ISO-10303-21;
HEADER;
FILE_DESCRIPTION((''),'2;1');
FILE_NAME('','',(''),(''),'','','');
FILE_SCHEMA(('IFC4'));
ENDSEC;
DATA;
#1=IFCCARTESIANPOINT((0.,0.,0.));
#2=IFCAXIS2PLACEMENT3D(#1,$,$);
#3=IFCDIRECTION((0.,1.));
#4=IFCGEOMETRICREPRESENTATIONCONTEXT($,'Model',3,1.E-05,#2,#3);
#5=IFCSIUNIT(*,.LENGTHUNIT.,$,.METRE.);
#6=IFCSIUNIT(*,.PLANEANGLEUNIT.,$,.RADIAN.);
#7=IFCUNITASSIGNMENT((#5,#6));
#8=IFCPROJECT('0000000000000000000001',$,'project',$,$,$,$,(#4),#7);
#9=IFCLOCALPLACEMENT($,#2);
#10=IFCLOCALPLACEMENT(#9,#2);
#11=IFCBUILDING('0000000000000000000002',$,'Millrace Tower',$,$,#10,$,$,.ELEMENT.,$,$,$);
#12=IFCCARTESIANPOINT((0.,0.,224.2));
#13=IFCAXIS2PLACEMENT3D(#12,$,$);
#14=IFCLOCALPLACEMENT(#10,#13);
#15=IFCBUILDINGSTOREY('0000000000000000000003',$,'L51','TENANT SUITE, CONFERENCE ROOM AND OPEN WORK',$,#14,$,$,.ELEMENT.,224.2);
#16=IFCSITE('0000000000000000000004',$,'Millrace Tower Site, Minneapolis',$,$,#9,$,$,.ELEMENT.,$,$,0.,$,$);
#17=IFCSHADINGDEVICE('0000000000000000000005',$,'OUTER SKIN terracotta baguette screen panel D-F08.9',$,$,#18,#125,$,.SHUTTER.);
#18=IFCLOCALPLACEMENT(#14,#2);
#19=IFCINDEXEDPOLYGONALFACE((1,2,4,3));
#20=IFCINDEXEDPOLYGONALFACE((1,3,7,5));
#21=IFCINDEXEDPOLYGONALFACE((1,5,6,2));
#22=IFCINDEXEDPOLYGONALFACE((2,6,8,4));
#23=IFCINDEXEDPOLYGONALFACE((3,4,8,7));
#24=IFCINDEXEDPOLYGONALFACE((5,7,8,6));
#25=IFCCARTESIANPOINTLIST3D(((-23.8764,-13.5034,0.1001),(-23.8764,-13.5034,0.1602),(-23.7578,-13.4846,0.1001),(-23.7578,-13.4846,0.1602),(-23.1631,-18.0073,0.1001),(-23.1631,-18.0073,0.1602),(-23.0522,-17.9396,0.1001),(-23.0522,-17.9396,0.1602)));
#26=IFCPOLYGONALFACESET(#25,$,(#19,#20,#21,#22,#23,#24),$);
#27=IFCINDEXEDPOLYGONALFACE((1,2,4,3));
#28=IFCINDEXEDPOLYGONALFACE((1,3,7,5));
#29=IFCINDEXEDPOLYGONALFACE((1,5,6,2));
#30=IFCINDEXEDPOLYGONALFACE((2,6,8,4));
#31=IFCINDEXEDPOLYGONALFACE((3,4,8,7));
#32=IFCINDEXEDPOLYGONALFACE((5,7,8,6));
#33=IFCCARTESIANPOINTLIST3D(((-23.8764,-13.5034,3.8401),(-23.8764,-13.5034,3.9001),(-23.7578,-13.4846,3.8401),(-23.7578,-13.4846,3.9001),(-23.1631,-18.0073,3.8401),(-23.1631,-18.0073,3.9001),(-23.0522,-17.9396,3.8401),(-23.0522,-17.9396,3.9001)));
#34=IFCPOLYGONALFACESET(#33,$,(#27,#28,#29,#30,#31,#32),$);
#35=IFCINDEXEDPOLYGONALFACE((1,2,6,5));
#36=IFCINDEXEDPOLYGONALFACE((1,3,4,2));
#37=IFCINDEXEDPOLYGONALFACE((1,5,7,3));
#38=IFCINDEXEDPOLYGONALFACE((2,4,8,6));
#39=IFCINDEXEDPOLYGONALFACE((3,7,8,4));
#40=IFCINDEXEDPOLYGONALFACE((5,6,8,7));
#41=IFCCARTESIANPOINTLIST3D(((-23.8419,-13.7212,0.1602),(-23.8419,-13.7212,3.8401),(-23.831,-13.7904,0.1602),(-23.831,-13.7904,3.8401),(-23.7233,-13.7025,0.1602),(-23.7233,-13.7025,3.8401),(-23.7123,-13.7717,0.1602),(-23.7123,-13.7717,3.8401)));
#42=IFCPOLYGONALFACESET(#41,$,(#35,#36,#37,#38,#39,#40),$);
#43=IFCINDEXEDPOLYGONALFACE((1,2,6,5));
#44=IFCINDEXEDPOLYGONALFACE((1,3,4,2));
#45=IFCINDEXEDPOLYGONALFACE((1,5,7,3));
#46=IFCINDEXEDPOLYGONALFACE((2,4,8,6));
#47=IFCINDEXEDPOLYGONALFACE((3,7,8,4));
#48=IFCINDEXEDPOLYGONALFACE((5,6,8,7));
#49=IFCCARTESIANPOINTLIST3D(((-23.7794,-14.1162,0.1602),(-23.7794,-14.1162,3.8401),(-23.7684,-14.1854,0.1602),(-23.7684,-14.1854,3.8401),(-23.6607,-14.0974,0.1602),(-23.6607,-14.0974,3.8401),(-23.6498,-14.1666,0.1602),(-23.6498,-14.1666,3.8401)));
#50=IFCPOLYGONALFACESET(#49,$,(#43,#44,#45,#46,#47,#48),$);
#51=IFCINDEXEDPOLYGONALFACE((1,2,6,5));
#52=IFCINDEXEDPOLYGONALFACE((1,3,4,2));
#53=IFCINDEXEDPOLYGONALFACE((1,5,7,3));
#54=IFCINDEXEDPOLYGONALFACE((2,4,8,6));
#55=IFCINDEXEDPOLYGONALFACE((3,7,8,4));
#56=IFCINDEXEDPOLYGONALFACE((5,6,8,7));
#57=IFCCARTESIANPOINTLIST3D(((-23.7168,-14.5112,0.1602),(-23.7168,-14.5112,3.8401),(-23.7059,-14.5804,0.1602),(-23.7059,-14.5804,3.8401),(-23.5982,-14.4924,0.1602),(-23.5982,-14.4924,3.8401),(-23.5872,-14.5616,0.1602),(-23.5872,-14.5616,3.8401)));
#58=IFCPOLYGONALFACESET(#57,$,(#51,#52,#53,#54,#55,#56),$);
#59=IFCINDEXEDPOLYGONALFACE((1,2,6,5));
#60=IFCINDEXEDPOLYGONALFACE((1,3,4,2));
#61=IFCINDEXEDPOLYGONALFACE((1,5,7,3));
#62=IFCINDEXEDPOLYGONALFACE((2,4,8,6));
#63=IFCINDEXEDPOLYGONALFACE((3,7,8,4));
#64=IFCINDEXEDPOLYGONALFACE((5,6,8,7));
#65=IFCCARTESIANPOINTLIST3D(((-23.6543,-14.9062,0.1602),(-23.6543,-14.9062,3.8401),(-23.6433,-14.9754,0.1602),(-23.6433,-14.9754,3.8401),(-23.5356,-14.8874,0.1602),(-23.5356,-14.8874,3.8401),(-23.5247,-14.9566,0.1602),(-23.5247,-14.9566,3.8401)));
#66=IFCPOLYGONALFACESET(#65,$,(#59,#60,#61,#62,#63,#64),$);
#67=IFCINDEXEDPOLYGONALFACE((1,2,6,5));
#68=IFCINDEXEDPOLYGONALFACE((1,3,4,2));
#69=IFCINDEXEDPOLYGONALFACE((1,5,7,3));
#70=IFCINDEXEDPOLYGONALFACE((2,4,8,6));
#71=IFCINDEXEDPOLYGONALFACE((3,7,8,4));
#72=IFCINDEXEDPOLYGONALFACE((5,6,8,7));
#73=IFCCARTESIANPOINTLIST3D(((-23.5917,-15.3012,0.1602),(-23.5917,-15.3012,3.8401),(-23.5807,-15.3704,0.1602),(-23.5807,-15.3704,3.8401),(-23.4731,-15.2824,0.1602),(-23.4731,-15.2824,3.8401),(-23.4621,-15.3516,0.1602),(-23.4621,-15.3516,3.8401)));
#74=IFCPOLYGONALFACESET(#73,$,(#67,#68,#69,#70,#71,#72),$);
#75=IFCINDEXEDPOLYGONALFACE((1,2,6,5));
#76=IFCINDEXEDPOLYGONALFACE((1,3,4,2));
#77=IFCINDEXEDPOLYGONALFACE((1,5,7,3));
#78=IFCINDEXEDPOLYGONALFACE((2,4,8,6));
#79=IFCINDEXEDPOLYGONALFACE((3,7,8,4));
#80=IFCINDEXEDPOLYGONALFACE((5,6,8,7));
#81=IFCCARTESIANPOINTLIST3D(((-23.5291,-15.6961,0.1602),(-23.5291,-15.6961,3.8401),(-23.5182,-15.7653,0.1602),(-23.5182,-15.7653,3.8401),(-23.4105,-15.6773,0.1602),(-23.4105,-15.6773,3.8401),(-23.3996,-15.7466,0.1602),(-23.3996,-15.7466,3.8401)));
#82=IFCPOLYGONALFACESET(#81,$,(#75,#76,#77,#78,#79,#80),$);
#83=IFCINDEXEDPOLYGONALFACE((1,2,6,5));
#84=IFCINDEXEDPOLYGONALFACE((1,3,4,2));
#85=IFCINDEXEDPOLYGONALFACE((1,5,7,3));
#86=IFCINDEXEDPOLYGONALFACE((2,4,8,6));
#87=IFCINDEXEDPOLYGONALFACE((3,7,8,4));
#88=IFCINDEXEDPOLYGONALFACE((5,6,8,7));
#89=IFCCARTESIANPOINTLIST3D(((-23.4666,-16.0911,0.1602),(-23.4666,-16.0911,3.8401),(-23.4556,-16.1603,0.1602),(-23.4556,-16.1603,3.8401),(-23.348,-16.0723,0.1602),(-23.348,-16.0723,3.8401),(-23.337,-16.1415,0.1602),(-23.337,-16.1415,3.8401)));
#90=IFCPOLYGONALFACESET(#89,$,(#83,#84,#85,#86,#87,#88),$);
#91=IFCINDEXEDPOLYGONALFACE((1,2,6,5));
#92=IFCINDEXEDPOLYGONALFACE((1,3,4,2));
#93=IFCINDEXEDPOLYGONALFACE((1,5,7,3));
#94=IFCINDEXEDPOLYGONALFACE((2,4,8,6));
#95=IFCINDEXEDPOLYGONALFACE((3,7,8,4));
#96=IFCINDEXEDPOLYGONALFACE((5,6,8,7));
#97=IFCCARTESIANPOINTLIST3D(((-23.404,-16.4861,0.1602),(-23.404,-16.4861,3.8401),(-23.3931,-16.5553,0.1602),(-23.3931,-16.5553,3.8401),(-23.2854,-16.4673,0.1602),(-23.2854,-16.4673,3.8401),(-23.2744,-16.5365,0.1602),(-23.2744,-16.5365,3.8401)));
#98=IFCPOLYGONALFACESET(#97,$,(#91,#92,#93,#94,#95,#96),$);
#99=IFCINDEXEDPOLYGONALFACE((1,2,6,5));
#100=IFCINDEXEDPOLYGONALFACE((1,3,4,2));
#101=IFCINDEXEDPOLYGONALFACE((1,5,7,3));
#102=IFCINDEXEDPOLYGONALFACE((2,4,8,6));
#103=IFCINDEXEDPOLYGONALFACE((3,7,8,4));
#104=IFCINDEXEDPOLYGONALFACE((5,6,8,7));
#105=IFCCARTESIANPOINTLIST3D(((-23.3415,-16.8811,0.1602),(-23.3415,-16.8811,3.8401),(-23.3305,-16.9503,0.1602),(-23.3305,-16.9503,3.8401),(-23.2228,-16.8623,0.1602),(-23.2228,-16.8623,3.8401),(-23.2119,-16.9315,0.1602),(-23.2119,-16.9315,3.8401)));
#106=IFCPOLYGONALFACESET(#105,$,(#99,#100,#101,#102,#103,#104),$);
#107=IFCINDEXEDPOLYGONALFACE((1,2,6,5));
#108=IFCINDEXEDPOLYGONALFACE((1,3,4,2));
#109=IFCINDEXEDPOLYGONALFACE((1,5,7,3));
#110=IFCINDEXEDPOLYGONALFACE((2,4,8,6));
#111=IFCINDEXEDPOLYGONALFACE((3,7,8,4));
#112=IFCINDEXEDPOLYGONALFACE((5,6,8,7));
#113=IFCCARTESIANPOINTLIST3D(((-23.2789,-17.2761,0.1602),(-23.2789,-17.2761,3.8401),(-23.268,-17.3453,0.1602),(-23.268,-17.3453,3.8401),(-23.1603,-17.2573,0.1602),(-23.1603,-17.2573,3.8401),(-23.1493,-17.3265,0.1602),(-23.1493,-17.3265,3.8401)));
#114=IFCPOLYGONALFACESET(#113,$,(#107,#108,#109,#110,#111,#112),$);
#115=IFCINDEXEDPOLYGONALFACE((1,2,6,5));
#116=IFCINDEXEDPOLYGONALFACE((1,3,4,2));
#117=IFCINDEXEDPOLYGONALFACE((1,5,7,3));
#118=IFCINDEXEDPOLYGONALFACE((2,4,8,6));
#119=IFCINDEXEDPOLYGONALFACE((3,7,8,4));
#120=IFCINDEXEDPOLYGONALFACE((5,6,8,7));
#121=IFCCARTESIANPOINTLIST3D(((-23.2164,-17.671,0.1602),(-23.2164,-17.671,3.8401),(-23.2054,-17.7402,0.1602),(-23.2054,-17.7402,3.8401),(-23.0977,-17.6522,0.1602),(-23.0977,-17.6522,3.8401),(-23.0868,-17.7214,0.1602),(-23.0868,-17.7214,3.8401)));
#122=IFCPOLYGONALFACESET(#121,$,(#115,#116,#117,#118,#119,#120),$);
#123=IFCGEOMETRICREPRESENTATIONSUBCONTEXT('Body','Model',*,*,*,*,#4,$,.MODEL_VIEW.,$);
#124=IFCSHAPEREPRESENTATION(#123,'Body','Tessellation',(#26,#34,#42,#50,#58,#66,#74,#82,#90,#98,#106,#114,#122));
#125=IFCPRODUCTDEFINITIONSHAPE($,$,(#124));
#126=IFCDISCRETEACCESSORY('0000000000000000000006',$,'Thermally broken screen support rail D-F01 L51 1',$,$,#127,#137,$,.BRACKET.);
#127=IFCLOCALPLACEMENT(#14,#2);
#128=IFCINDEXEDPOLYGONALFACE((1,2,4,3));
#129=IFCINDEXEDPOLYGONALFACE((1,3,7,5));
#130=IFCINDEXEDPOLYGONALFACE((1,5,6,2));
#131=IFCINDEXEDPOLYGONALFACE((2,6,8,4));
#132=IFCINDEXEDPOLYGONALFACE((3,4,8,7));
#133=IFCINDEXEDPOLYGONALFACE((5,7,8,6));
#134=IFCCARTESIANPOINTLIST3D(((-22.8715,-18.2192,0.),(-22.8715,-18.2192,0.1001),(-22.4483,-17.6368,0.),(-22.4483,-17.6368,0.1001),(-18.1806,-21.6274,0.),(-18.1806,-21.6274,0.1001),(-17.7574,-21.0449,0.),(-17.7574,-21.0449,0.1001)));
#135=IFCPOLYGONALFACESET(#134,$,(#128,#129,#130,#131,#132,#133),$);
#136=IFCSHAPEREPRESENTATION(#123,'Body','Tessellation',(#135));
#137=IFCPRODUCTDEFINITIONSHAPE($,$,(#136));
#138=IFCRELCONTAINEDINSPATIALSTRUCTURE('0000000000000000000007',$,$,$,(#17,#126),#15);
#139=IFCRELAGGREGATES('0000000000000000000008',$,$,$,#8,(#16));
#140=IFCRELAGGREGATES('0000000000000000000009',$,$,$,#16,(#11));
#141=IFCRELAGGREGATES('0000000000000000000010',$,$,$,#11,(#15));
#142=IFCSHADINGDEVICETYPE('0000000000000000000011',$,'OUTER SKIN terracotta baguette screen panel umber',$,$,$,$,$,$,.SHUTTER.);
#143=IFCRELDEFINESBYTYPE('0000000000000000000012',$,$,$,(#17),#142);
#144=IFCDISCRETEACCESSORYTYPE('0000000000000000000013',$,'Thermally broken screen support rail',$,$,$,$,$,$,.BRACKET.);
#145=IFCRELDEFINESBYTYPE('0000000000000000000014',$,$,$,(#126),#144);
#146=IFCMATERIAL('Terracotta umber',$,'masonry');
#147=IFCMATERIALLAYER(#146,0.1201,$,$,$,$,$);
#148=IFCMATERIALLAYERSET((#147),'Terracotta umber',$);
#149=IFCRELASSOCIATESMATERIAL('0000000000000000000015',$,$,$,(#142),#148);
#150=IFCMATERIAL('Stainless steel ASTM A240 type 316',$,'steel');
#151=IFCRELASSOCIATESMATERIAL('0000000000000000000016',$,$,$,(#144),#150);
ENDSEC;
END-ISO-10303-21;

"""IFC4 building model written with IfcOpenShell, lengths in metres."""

from ifc_helpers import new_model, entity, si_unit, direction, frame, frame_2d, origin, origin_2d, place, context, subcontext, project, spatial, rectangle, extrude, source, transform, mapped, material, layer, layer_set, type_object, element, save


model = new_model("IFC4")

# Units and contexts
model_context = context("Model", 3, precision=1e-05, world=origin(), true_north=direction((0.0, 1.0)))
body_context = subcontext(model_context, "Body", "Model", "MODEL_VIEW")
ifc_project = project(units=[si_unit("LENGTHUNIT", "METRE"), si_unit("PLANEANGLEUNIT", "RADIAN")], contexts=[model_context])

# Site, building, storey
site_placement = place(None, origin())
site = spatial("IfcSite", under=ifc_project, at=site_placement, Name="Millrace Tower Site, Minneapolis", CompositionType="ELEMENT", RefElevation=0.0)
building_placement = place(site_placement, origin())
building = spatial("IfcBuilding", under=site, at=building_placement, Name="Millrace Tower", CompositionType="ELEMENT")
storey_placement = place(building_placement, frame((0.0, 0.0, 224.2)))
storey = spatial("IfcBuildingStorey", under=building, at=storey_placement, Name="L51", Description="TENANT SUITE, CONFERENCE ROOM AND OPEN WORK", CompositionType="ELEMENT", Elevation=224.2)

# Shading device
ifc_material_1 = material(Name="Terracotta umber", Category="masonry")
ifc_layer_1 = layer(ifc_material_1, 0.1201)
ifc_layer_set_1 = layer_set([ifc_layer_1], Name="Terracotta umber")
shading_device_type = type_object("IfcShadingDeviceType", Name="OUTER SKIN terracotta baguette screen panel umber", PredefinedType="SHUTTER", material=ifc_layer_set_1)
cartesian_point_1 = entity("IfcCartesianPoint", [-2.2676, 0.0601])
shared_polyline_1 = entity("IfcPolyline", [cartesian_point_1, entity("IfcCartesianPoint", [2.2429, 0.0601]), entity("IfcCartesianPoint", [2.2925, -0.0601]), entity("IfcCartesianPoint", [-2.2676, -0.0601]), cartesian_point_1])
shared_shape_1 = source(origin(), body_context, "Body", "SweptSolid", [
    entity("IfcExtrudedAreaSolid", entity("IfcArbitraryClosedProfileDef", "AREA", None, shared_polyline_1), entity("IfcAxis2Placement3D", entity("IfcCartesianPoint", [0.0, 0.0, 0.0])), entity("IfcDirection", [0.0, 0.0, 1.0]), 0.0601),
    entity("IfcExtrudedAreaSolid", entity("IfcArbitraryClosedProfileDef", "AREA", None, shared_polyline_1), entity("IfcAxis2Placement3D", entity("IfcCartesianPoint", [0.0, 0.0, 3.74])), entity("IfcDirection", [0.0, 0.0, 1.0]), 0.0601),
    extrude(rectangle(XDim=0.0701, YDim=0.1201, at=frame_2d((-2.012, 0.0))), frame((0.0, 0.0, 0.0601)), (0.0, 0.0, 1.0), 3.6799),
    extrude(rectangle(XDim=0.0701, YDim=0.1201, at=frame_2d((-1.6121, 0.0))), frame((0.0, 0.0, 0.0601)), (0.0, 0.0, 1.0), 3.6799),
    extrude(rectangle(XDim=0.0701, YDim=0.1201, at=frame_2d((-1.2122, 0.0))), frame((0.0, 0.0, 0.0601)), (0.0, 0.0, 1.0), 3.6799),
    extrude(rectangle(XDim=0.0701, YDim=0.1201, at=frame_2d((-0.8123, 0.0))), frame((0.0, 0.0, 0.0601)), (0.0, 0.0, 1.0), 3.6799),
    extrude(rectangle(XDim=0.0701, YDim=0.1201, at=frame_2d((-0.4124, 0.0))), frame((0.0, 0.0, 0.0601)), (0.0, 0.0, 1.0), 3.6799),
    extrude(rectangle(XDim=0.0701, YDim=0.1201, at=frame_2d((-0.0125, 0.0))), frame((0.0, 0.0, 0.0601)), (0.0, 0.0, 1.0), 3.6799),
    extrude(rectangle(XDim=0.0701, YDim=0.1201, at=frame_2d((0.3875, 0.0))), frame((0.0, 0.0, 0.0601)), (0.0, 0.0, 1.0), 3.6799),
    extrude(rectangle(XDim=0.0701, YDim=0.1201, at=frame_2d((0.7874, 0.0))), frame((0.0, 0.0, 0.0601)), (0.0, 0.0, 1.0), 3.6799),
    extrude(rectangle(XDim=0.0701, YDim=0.1201, at=frame_2d((1.1873, 0.0))), frame((0.0, 0.0, 0.0601)), (0.0, 0.0, 1.0), 3.6799),
    extrude(rectangle(XDim=0.0701, YDim=0.1201, at=frame_2d((1.5872, 0.0))), frame((0.0, 0.0, 0.0601)), (0.0, 0.0, 1.0), 3.6799),
    extrude(rectangle(XDim=0.0701, YDim=0.1201, at=frame_2d((1.9871, 0.0))), frame((0.0, 0.0, 0.0601)), (0.0, 0.0, 1.0), 3.6799),
])
shading_device_1_placement = place(storey_placement, frame((-23.4624, -15.7336, 0.1001), z_axis=(0.0, 0.0, 1.0), x_axis=(0.156434, -0.987688, 0.0)))
element("IfcShadingDevice", 1, at=shading_device_1_placement, inside=storey, type_object=shading_device_type, Name="OUTER SKIN terracotta baguette screen panel D-F08.9", PredefinedType="SHUTTER", context=body_context, shape_type="MappedRepresentation", body=[
    mapped(shared_shape_1, transform((0.0, 0.0, 0.0), scale=1.0)),
])

# Discrete accessory
ifc_material_2 = material(Name="Stainless steel ASTM A240 type 316", Category="steel")
discrete_accessory_type = type_object("IfcDiscreteAccessoryType", Name="Thermally broken screen support rail", PredefinedType="BRACKET", material=ifc_material_2)
discrete_accessory_placement = place(storey_placement, frame((-20.3145, -19.6321, 0.0), z_axis=(0.0, 0.0, 1.0), x_axis=(0.809017, -0.587785, 0.0)))
element("IfcDiscreteAccessory", 2, at=discrete_accessory_placement, inside=storey, type_object=discrete_accessory_type, Name="Thermally broken screen support rail D-F01 L51 1", PredefinedType="BRACKET", context=body_context, shape_type="SweptSolid", body=[
    extrude(rectangle(XDim=5.7983, YDim=0.72, at=origin_2d()), origin(), (0.0, 0.0, 1.0), 0.1001),
])

save(model, "model.ifc")
